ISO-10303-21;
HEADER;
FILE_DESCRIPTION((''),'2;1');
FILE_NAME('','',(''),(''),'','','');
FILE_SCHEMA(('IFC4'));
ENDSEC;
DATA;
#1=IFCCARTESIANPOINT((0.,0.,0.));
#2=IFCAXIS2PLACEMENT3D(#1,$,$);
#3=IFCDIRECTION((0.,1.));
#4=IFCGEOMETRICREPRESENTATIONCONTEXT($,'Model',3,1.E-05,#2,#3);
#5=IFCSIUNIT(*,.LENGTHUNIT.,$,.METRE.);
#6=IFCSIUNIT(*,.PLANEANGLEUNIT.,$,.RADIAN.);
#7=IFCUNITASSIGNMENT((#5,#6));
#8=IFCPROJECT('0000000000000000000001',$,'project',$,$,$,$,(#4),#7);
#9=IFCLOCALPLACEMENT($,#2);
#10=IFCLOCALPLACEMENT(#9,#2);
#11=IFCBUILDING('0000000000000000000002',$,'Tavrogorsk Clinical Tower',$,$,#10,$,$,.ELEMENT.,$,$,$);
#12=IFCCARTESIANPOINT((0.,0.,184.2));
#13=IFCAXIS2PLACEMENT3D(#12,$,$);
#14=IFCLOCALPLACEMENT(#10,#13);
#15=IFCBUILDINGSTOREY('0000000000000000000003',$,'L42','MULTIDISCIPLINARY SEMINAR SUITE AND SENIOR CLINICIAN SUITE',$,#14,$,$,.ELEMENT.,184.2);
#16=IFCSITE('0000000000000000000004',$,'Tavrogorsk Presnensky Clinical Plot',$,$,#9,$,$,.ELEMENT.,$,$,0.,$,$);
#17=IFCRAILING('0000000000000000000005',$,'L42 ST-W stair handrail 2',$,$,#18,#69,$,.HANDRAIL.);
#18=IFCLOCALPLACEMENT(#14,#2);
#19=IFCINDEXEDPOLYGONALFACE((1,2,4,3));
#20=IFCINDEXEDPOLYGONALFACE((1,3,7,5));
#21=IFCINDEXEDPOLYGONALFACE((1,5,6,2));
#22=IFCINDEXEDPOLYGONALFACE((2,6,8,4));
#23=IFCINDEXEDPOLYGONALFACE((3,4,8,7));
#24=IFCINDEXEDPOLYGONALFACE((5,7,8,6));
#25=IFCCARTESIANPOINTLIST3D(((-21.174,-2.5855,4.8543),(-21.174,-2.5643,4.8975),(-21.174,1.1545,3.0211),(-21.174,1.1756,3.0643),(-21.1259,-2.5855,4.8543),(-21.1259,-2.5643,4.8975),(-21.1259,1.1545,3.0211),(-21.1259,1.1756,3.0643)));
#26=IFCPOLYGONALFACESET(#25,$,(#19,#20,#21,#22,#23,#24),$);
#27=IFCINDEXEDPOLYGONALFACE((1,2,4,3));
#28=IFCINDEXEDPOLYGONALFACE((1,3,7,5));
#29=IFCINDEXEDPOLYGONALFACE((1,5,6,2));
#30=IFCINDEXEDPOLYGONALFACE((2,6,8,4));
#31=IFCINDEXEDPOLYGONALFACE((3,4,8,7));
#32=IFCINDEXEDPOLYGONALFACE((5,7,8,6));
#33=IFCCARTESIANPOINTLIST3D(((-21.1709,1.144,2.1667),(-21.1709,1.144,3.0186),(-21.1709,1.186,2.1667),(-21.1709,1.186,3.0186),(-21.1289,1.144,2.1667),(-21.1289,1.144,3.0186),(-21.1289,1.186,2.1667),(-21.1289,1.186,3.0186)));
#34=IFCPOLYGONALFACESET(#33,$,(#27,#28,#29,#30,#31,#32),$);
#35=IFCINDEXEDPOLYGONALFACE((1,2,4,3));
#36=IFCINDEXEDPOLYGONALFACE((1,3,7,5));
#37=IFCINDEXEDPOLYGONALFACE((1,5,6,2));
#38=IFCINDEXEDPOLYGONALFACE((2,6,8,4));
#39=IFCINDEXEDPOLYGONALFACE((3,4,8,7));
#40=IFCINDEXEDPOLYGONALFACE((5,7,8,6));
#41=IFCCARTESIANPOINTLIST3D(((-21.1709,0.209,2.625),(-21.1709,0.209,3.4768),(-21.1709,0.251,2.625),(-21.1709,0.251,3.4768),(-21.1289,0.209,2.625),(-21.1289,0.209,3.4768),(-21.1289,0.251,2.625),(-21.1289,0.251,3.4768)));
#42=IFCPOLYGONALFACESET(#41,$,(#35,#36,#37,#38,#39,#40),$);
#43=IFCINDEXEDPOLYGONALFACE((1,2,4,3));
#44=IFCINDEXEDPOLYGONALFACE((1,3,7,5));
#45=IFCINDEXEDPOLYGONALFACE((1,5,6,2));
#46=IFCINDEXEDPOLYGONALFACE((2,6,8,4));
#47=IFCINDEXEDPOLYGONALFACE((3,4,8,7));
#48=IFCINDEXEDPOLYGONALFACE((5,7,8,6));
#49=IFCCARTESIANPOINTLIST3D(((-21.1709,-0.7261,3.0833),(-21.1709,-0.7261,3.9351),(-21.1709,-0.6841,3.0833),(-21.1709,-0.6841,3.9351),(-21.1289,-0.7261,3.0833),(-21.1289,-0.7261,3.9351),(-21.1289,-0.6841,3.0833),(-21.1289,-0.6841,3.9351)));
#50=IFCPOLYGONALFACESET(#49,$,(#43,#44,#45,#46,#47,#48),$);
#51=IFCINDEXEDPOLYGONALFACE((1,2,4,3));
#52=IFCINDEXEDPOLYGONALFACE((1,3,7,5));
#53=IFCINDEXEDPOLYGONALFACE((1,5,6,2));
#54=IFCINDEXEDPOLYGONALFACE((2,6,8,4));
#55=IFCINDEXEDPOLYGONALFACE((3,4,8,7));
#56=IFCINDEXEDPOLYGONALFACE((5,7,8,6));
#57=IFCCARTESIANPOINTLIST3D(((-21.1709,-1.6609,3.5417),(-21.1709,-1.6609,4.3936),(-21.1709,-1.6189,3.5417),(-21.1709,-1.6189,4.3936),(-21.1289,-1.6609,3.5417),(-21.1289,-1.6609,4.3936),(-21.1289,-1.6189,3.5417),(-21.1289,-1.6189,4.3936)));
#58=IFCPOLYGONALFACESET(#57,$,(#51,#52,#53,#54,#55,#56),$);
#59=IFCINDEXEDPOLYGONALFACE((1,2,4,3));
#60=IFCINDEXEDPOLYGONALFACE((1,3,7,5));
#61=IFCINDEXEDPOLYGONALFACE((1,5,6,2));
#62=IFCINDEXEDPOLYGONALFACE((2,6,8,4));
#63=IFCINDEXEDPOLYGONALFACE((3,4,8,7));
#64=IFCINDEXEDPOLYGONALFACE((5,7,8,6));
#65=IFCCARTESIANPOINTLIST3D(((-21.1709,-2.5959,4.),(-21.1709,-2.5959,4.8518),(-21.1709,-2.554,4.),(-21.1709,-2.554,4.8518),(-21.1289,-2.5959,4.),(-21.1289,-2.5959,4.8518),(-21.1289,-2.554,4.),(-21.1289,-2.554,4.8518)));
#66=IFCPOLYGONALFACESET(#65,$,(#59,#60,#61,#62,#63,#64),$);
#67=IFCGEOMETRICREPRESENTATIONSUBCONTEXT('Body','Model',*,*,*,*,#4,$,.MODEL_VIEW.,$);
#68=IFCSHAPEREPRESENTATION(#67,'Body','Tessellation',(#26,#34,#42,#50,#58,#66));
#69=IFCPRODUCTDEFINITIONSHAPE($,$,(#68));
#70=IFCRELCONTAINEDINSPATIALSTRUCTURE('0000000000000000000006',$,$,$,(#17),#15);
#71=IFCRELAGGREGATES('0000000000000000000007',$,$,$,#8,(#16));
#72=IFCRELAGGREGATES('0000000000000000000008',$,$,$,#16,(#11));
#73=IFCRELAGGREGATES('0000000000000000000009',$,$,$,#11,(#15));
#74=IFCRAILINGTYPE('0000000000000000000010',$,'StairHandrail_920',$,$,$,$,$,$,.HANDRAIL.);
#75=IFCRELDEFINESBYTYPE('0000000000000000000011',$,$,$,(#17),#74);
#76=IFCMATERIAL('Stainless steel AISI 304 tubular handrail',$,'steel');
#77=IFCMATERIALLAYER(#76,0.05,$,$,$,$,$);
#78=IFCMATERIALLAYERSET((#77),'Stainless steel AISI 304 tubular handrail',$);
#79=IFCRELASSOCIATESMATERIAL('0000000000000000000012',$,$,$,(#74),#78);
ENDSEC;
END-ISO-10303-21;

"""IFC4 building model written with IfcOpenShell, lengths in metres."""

from ifc_helpers import new_model, si_unit, direction, frame, origin, origin_2d, place, context, subcontext, project, spatial, rectangle, extrude, material, layer, layer_set, type_object, element, save


model = new_model("IFC4")

# Units and contexts
model_context = context("Model", 3, precision=1e-05, world=origin(), true_north=direction((0.0, 1.0)))
body_context = subcontext(model_context, "Body", "Model", "MODEL_VIEW")
ifc_project = project(units=[si_unit("LENGTHUNIT", "METRE"), si_unit("PLANEANGLEUNIT", "RADIAN")], contexts=[model_context])

# Site, building, storey
site_placement = place(None, origin())
site = spatial("IfcSite", under=ifc_project, at=site_placement, Name="Tavrogorsk Presnensky Clinical Plot", CompositionType="ELEMENT", RefElevation=0.0)
building_placement = place(site_placement, origin())
building = spatial("IfcBuilding", under=site, at=building_placement, Name="Tavrogorsk Clinical Tower", CompositionType="ELEMENT")
storey_placement = place(building_placement, frame((0.0, 0.0, 184.2)))
storey = spatial("IfcBuildingStorey", under=building, at=storey_placement, Name="L42", Description="MULTIDISCIPLINARY SEMINAR SUITE AND SENIOR CLINICIAN SUITE", CompositionType="ELEMENT", Elevation=184.2)

# Railing
ifc_material_1 = material(Name="Stainless steel AISI 304 tubular handrail", Category="steel")
ifc_layer_1 = layer(ifc_material_1, 0.05)
ifc_layer_set_1 = layer_set([ifc_layer_1], Name="Stainless steel AISI 304 tubular handrail")
railing_type_1 = type_object("IfcRailingType", Name="StairHandrail_920", PredefinedType="HANDRAIL", material=ifc_layer_set_1)
railing_1_placement = place(storey_placement, frame((-21.1499, 1.165, 2.1667)))
element("IfcRailing", 1, at=railing_1_placement, inside=storey, type_object=railing_type_1, Name="L42 ST-W stair handrail 2", PredefinedType="HANDRAIL", context=body_context, shape_type="SweptSolid", body=[
    extrude(rectangle(XDim=0.0481, YDim=0.0481, at=origin_2d()), frame((0.0, 0.0, 0.876), z_axis=(0.0, -0.897928, 0.440142), x_axis=(1.0, 0.0, 0.0)), (0.0, 0.0, 1.0), 4.165),
    extrude(rectangle(XDim=0.042, YDim=0.042, at=origin_2d()), origin(), (0.0, 0.0, 1.0), 0.8518),
    extrude(rectangle(XDim=0.042, YDim=0.042, at=origin_2d()), frame((0.0, -0.9351, 0.4583)), (0.0, 0.0, 1.0), 0.8518),
    extrude(rectangle(XDim=0.042, YDim=0.042, at=origin_2d()), frame((0.0, -1.8701, 0.9165)), (0.0, 0.0, 1.0), 0.8518),
    extrude(rectangle(XDim=0.042, YDim=0.042, at=origin_2d()), frame((0.0, -2.8049, 1.375)), (0.0, 0.0, 1.0), 0.8518),
    extrude(rectangle(XDim=0.042, YDim=0.042, at=origin_2d()), frame((0.0, -3.74, 1.8333)), (0.0, 0.0, 1.0), 0.8518),
])

save(model, "model.ifc")
